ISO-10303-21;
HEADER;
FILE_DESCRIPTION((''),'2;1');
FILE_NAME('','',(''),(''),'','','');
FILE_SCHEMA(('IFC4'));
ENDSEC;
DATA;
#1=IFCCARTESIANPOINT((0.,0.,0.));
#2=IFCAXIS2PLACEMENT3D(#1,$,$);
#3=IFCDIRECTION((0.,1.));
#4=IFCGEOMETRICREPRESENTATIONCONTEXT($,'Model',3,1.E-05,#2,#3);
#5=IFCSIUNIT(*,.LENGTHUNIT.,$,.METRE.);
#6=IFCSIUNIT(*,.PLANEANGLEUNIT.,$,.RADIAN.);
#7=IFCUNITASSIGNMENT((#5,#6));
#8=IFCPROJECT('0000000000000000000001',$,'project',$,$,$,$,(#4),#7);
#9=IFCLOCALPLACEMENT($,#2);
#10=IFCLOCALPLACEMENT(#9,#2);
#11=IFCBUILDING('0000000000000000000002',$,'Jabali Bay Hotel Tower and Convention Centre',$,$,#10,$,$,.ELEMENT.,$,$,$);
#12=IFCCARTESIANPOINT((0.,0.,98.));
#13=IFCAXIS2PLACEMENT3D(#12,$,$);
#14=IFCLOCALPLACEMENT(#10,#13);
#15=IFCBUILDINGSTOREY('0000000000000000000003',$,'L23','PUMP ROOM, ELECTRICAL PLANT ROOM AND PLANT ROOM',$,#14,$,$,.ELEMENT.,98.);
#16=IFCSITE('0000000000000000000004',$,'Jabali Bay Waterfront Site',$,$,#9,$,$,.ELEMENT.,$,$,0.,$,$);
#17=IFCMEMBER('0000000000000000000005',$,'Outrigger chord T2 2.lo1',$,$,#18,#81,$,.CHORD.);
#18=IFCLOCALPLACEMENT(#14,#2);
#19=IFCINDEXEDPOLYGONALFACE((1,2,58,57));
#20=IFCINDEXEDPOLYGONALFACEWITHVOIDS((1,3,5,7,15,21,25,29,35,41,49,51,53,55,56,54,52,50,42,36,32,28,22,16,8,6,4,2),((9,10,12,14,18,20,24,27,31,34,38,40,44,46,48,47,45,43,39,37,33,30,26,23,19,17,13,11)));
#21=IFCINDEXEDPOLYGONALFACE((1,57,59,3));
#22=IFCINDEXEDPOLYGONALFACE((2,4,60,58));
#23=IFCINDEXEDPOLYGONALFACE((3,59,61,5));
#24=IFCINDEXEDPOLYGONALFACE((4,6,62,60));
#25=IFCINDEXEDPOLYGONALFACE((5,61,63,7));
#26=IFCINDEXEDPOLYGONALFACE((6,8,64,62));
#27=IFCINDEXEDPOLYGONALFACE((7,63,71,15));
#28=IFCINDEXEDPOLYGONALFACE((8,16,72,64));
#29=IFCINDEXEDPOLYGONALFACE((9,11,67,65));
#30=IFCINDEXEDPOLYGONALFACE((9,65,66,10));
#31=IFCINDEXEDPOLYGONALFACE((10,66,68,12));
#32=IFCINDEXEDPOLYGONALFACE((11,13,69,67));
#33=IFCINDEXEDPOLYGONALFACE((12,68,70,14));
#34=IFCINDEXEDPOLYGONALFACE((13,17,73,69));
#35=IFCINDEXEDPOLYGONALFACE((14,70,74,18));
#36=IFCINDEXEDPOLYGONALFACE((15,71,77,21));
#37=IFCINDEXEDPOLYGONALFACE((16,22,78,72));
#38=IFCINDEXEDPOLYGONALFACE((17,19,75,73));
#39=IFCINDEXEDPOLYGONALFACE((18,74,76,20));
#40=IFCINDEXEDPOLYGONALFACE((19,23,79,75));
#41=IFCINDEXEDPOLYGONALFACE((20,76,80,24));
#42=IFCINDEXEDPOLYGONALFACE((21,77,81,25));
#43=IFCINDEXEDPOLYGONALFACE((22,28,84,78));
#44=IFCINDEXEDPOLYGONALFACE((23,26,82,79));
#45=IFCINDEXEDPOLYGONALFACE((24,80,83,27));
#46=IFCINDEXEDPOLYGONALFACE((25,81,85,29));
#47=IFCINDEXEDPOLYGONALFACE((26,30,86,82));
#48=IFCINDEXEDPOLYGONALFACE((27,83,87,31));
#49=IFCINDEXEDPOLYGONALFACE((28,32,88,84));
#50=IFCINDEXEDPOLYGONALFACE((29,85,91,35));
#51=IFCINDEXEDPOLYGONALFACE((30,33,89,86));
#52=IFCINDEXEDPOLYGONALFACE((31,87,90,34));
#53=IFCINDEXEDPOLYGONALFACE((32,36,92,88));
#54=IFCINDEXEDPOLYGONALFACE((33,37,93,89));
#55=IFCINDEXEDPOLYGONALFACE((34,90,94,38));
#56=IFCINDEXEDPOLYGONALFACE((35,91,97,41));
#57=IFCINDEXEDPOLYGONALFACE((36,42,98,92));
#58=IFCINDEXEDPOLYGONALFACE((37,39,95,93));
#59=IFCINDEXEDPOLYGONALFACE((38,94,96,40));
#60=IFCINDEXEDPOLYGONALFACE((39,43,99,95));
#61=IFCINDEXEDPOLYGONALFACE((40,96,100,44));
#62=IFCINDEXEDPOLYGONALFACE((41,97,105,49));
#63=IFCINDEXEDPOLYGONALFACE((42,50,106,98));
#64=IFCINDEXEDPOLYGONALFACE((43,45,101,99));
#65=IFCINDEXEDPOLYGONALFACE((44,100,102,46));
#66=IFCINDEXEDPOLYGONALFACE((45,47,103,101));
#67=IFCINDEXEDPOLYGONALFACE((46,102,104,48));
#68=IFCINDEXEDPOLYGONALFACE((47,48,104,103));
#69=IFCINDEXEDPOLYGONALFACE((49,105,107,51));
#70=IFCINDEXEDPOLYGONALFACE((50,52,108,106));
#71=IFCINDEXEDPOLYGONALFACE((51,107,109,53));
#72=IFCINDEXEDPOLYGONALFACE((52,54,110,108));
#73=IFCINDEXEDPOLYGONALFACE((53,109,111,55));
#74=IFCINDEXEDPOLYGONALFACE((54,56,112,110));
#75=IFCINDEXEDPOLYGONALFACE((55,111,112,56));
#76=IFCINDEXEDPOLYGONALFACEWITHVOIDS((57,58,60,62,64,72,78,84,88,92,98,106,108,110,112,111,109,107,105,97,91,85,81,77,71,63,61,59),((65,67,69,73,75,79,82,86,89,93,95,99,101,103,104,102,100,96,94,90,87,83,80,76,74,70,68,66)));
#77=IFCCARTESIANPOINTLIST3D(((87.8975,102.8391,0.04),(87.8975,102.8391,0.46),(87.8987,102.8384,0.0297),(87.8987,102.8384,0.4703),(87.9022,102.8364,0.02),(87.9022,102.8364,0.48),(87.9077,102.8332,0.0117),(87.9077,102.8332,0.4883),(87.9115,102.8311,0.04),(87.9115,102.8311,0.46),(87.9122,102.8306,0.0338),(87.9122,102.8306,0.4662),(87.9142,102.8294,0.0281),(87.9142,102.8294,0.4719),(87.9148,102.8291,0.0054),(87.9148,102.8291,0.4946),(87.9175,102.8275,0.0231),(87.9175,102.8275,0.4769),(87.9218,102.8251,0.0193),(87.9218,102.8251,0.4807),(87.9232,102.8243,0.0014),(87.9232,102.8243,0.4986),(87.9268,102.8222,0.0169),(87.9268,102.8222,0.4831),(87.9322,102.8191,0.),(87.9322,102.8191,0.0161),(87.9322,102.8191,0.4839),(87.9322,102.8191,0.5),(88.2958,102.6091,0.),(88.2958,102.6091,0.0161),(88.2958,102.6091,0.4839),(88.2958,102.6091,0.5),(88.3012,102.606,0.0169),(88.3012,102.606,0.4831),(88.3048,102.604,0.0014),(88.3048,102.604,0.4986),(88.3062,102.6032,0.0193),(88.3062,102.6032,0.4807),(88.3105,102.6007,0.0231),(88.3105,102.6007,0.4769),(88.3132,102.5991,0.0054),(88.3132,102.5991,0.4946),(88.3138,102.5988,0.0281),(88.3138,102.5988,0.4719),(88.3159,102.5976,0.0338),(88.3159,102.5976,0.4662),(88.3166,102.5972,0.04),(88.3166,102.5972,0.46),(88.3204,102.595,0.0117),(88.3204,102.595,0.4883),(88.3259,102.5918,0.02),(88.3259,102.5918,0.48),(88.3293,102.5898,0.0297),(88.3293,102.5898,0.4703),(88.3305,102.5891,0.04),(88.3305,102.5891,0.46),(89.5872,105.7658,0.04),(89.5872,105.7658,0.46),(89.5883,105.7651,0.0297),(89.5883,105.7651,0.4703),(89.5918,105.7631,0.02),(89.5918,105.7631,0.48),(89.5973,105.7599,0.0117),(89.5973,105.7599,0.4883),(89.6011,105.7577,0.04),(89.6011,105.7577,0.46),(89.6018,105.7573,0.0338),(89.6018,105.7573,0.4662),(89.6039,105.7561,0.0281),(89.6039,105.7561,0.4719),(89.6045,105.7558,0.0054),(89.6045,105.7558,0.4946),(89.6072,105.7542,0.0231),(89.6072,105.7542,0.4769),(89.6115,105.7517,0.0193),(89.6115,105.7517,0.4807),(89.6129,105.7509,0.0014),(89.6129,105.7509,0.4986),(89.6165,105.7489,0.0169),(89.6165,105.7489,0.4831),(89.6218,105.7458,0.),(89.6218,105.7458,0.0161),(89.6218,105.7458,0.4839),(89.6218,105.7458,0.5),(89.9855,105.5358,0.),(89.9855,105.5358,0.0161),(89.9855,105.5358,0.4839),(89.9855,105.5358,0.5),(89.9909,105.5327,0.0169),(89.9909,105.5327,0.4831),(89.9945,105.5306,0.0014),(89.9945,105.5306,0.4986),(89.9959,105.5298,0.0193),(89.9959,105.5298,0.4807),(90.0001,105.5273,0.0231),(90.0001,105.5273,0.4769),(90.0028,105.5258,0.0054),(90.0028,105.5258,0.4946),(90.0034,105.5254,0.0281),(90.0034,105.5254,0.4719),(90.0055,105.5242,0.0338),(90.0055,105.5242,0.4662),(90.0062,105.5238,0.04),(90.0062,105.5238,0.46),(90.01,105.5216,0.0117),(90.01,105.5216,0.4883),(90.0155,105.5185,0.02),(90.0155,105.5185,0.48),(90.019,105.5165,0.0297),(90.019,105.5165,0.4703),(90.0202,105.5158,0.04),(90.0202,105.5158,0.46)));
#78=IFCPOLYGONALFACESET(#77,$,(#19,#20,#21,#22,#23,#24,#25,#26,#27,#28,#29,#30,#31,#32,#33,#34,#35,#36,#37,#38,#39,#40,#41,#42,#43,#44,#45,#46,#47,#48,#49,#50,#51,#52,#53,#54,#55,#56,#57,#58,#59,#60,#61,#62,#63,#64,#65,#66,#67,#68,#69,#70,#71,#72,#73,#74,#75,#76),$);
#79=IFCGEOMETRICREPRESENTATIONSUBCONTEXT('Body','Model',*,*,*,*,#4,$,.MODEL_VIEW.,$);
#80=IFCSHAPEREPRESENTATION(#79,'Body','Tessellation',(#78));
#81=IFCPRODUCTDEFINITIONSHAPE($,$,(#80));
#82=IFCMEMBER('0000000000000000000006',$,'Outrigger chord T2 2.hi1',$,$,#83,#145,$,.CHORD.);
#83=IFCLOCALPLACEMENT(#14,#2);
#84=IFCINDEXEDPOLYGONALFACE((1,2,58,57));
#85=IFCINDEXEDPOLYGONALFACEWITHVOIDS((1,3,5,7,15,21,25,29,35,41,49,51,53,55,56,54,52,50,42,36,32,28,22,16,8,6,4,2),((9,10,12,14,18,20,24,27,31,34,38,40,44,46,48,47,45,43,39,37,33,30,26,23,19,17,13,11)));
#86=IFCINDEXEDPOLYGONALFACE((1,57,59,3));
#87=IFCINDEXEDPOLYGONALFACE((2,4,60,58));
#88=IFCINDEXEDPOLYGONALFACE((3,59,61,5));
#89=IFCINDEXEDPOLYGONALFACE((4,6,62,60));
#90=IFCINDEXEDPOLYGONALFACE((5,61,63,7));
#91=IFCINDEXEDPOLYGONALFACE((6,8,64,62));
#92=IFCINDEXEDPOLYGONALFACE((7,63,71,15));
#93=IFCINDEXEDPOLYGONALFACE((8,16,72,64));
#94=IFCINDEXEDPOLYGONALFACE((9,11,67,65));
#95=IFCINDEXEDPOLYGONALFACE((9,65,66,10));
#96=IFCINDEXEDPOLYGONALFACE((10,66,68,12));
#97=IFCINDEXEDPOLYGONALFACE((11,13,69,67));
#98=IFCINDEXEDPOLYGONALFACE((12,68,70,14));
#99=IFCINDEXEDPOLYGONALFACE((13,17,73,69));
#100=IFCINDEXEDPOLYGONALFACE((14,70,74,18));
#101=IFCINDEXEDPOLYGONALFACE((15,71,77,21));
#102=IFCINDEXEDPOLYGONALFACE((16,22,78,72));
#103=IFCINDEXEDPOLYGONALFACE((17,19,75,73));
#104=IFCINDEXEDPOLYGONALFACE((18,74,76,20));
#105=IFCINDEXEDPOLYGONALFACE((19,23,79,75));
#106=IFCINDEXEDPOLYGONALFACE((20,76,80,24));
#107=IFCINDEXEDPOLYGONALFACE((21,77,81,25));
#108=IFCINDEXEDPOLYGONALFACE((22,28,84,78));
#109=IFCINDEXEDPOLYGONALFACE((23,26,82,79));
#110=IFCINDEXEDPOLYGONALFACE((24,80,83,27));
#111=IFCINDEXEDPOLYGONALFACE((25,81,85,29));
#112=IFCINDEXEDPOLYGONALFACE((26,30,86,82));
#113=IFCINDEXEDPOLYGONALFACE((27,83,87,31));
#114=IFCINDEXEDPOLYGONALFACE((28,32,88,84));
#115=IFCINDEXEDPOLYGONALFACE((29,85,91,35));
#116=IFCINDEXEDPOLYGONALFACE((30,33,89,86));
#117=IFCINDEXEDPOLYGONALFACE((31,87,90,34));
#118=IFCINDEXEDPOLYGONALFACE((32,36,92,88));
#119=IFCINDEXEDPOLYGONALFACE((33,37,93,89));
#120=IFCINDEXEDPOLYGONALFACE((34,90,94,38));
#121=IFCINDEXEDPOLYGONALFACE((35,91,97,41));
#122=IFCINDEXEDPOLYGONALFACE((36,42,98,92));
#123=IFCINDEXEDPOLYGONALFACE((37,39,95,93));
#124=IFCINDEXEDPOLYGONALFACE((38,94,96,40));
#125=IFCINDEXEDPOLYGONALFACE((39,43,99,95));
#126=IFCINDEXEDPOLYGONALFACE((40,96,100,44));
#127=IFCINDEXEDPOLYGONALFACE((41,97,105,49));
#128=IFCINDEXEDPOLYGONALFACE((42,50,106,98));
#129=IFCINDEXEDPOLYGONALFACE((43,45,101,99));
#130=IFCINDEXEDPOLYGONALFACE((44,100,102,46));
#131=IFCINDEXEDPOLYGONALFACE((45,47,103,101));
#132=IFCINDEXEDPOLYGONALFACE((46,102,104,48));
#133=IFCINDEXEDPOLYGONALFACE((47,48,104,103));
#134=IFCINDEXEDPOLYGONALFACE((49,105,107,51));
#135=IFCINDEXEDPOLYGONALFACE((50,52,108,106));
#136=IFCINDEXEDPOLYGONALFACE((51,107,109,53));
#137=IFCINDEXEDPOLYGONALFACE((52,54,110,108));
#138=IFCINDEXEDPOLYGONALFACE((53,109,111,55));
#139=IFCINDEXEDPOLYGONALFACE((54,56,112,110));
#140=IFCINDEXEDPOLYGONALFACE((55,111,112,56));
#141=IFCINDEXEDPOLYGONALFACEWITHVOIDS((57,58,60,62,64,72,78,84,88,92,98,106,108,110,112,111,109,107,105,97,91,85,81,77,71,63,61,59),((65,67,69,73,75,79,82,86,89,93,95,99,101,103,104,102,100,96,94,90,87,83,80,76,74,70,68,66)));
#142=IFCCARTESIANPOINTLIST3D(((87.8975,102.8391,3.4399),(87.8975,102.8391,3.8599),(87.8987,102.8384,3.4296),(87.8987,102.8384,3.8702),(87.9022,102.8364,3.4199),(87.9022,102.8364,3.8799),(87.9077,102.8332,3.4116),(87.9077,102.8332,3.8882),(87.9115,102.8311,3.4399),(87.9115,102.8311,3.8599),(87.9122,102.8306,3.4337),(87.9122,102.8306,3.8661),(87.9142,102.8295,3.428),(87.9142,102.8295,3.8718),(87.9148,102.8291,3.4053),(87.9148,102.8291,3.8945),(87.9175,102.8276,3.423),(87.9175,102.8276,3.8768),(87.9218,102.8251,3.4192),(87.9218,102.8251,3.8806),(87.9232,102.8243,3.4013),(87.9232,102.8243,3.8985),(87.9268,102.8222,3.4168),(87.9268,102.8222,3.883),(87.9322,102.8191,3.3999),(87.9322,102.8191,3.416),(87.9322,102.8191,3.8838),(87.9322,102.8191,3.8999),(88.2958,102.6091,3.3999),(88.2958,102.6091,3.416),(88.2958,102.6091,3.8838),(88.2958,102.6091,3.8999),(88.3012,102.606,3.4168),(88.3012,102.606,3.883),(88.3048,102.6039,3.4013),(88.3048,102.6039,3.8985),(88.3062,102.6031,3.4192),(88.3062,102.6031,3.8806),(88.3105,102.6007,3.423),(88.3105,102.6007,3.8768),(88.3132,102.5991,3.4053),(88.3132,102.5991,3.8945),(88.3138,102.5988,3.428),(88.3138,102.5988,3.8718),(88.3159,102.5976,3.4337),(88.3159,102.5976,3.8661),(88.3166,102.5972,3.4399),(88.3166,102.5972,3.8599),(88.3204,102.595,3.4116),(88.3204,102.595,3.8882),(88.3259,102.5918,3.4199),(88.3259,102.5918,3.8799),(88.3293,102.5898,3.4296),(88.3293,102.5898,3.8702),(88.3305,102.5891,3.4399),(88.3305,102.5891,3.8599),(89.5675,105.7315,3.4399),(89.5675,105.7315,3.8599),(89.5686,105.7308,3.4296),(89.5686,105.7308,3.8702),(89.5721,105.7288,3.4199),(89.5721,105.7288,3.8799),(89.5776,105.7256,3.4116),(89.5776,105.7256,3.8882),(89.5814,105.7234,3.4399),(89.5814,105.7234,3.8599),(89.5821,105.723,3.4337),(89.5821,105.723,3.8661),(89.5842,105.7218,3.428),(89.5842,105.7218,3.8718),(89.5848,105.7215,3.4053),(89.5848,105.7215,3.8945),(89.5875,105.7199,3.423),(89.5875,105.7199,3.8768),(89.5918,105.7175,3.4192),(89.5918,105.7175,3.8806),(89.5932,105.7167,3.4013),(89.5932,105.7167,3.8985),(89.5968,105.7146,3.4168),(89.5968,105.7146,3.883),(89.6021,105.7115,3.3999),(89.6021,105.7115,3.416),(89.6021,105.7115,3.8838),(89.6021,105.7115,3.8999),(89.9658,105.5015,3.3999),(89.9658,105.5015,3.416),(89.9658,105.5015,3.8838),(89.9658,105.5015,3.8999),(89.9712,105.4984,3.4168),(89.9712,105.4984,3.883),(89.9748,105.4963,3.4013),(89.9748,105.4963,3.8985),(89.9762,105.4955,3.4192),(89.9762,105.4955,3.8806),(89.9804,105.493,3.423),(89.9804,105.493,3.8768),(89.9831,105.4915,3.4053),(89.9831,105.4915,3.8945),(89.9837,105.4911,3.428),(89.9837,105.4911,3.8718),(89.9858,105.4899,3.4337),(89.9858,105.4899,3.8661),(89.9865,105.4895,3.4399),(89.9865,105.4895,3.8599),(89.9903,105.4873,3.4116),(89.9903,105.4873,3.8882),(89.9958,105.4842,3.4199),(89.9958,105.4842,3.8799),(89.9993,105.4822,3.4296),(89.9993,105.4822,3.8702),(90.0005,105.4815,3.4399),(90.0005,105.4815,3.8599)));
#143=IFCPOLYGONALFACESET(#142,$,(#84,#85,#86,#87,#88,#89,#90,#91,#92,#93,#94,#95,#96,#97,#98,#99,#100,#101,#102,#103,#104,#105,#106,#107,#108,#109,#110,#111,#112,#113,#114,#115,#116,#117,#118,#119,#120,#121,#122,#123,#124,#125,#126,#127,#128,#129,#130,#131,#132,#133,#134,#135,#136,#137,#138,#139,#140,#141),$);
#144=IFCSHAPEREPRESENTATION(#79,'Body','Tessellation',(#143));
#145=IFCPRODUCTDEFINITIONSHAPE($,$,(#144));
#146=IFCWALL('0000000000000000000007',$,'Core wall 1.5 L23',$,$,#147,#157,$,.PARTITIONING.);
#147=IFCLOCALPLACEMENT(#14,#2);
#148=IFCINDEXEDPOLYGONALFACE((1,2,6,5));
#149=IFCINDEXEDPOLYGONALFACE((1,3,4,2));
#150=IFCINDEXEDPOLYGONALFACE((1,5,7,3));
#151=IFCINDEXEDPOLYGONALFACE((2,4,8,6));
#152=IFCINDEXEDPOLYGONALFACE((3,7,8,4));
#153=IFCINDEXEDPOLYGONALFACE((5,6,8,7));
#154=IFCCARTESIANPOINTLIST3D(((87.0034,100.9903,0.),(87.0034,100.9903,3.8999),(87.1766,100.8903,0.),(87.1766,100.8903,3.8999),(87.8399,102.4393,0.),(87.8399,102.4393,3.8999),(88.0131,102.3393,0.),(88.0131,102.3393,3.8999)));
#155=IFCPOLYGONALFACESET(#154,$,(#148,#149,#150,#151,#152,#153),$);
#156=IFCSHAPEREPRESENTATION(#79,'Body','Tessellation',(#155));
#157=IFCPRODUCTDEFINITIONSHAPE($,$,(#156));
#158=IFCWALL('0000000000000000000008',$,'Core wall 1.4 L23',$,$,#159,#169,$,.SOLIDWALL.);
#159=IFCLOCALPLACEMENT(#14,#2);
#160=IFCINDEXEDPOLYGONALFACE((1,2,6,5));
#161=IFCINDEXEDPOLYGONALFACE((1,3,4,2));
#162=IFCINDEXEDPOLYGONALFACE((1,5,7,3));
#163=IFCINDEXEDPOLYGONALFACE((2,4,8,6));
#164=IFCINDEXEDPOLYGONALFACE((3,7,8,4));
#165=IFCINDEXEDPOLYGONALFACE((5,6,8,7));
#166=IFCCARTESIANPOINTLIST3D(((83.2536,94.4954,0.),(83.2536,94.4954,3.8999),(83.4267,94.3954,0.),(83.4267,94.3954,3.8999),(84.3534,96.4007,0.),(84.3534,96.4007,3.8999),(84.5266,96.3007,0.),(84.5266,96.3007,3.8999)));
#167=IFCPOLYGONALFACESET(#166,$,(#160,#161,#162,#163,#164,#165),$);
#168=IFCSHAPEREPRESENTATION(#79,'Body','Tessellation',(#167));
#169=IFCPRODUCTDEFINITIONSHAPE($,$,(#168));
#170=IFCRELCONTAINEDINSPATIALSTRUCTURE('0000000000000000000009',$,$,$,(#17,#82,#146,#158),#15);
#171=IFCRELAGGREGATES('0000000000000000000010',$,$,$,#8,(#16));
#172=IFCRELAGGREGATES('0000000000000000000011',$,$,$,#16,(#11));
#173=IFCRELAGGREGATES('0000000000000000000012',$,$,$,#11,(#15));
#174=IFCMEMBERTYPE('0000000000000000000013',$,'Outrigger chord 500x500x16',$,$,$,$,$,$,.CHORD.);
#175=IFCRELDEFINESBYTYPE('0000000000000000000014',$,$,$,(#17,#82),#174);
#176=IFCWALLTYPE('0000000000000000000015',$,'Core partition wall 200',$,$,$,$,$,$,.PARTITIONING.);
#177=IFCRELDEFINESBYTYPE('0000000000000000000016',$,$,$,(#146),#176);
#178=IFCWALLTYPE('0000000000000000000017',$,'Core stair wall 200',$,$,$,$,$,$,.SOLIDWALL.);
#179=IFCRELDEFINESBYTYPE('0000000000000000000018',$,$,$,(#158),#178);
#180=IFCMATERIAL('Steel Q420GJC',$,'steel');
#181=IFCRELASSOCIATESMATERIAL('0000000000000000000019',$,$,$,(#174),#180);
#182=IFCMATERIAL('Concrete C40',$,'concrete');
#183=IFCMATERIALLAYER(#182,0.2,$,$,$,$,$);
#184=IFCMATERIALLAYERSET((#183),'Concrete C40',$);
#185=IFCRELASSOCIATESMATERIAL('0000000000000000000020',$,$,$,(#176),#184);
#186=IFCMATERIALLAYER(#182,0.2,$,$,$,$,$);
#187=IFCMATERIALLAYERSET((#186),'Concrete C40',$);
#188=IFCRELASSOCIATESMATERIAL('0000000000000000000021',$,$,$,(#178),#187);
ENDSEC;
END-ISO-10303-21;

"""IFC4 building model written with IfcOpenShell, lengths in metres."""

from ifc_helpers import new_model, si_unit, direction, frame, frame_2d, origin, origin_2d, place, context, subcontext, project, spatial, rectangle, hollow_rectangle, extrude, material, layer, layer_set, material_profile, profile_set, type_object, element, save


model = new_model("IFC4")

# Units and contexts
model_context = context("Model", 3, precision=1e-05, world=origin(), true_north=direction((0.0, 1.0)))
body_context = subcontext(model_context, "Body", "Model", "MODEL_VIEW")
ifc_project = project(units=[si_unit("LENGTHUNIT", "METRE"), si_unit("PLANEANGLEUNIT", "RADIAN")], contexts=[model_context])

# Site, building, storey
site_placement = place(None, origin())
site = spatial("IfcSite", under=ifc_project, at=site_placement, Name="Jabali Bay Waterfront Site", CompositionType="ELEMENT", RefElevation=0.0)
building_placement = place(site_placement, origin())
building = spatial("IfcBuilding", under=site, at=building_placement, Name="Jabali Bay Hotel Tower and Convention Centre", CompositionType="ELEMENT")
storey_placement = place(building_placement, frame((0.0, 0.0, 98.0)))
storey = spatial("IfcBuildingStorey", under=building, at=storey_placement, Name="L23", Description="PUMP ROOM, ELECTRICAL PLANT ROOM AND PLANT ROOM", CompositionType="ELEMENT", Elevation=98.0)

# Members
ifc_material_1 = material(Name="Steel Q420GJC", Category="steel")
ifc_material_profile_1 = material_profile(ifc_material_1, hollow_rectangle(XDim=0.5, YDim=0.5, WallThickness=0.0161, InnerFilletRadius=0.0239, OuterFilletRadius=0.04, at=origin_2d()), Name="Outrigger chord 500x500x16")
ifc_profile_set_1 = profile_set([ifc_material_profile_1], Name="Steel Q420GJC")
member_type_1 = type_object("IfcMemberType", Name="Outrigger chord 500x500x16", PredefinedType="CHORD", material=ifc_profile_set_1)
member_1_placement = place(storey_placement, frame((88.114, 102.7141, 0.25), z_axis=(0.499985, 0.866034, 0.0), x_axis=(-0.866034, 0.499985, 0.0)))
element("IfcMember", 1, at=member_1_placement, inside=storey, type_object=member_type_1, Name="Outrigger chord T2 2.lo1", PredefinedType="CHORD", context=body_context, shape_type="SweptSolid", body=[
    extrude(hollow_rectangle(XDim=0.5, YDim=0.5, WallThickness=0.0161, InnerFilletRadius=0.0239, OuterFilletRadius=0.04, at=origin_2d()), origin(), (0.0, 0.0, 1.0), 3.3794),
])
member_2_placement = place(storey_placement, frame((88.114, 102.7141, 3.6499), z_axis=(0.500007, 0.866021, 0.0), x_axis=(-0.866021, 0.500007, 0.0)))
element("IfcMember", 2, at=member_2_placement, inside=storey, type_object=member_type_1, Name="Outrigger chord T2 2.hi1", PredefinedType="CHORD", context=body_context, shape_type="SweptSolid", body=[
    extrude(hollow_rectangle(XDim=0.5, YDim=0.5, WallThickness=0.0161, InnerFilletRadius=0.0239, OuterFilletRadius=0.04, at=origin_2d()), origin(), (0.0, 0.0, 1.0), 3.3398),
])

# Walls
ifc_material_2 = material(Name="Concrete C40", Category="concrete")
ifc_layer_1 = layer(ifc_material_2, 0.2)
ifc_layer_set_1 = layer_set([ifc_layer_1], Name="Concrete C40")
wall_type_1 = type_object("IfcWallType", Name="Core partition wall 200", PredefinedType="PARTITIONING", material=ifc_layer_set_1)
wall_1_placement = place(storey_placement, frame((87.0901, 100.9404, 0.0), z_axis=(0.0, 0.0, 1.0), x_axis=(0.499937, 0.866062, 0.0)))
element("IfcWall", 3, at=wall_1_placement, inside=storey, type_object=wall_type_1, Name="Core wall 1.5 L23", PredefinedType="PARTITIONING", context=body_context, shape_type="SweptSolid", body=[
    extrude(rectangle(XDim=1.6731, YDim=0.2, at=frame_2d((0.8364, 0.0))), origin(), (0.0, 0.0, 1.0), 3.8999),
])
ifc_layer_2 = layer(ifc_material_2, 0.2)
ifc_layer_set_2 = layer_set([ifc_layer_2], Name="Concrete C40")
wall_type_2 = type_object("IfcWallType", Name="Core stair wall 200", PredefinedType="SOLIDWALL", material=ifc_layer_set_2)
wall_2_placement = place(storey_placement, frame((83.3401, 94.4453, 0.0), z_axis=(0.0, 0.0, 1.0), x_axis=(0.499947, 0.866056, 0.0)))
element("IfcWall", 4, at=wall_2_placement, inside=storey, type_object=wall_type_2, Name="Core wall 1.4 L23", PredefinedType="SOLIDWALL", context=body_context, shape_type="SweptSolid", body=[
    extrude(rectangle(XDim=2.2, YDim=0.2, at=frame_2d((1.1001, 0.0))), origin(), (0.0, 0.0, 1.0), 3.8999),
])

save(model, "model.ifc")
